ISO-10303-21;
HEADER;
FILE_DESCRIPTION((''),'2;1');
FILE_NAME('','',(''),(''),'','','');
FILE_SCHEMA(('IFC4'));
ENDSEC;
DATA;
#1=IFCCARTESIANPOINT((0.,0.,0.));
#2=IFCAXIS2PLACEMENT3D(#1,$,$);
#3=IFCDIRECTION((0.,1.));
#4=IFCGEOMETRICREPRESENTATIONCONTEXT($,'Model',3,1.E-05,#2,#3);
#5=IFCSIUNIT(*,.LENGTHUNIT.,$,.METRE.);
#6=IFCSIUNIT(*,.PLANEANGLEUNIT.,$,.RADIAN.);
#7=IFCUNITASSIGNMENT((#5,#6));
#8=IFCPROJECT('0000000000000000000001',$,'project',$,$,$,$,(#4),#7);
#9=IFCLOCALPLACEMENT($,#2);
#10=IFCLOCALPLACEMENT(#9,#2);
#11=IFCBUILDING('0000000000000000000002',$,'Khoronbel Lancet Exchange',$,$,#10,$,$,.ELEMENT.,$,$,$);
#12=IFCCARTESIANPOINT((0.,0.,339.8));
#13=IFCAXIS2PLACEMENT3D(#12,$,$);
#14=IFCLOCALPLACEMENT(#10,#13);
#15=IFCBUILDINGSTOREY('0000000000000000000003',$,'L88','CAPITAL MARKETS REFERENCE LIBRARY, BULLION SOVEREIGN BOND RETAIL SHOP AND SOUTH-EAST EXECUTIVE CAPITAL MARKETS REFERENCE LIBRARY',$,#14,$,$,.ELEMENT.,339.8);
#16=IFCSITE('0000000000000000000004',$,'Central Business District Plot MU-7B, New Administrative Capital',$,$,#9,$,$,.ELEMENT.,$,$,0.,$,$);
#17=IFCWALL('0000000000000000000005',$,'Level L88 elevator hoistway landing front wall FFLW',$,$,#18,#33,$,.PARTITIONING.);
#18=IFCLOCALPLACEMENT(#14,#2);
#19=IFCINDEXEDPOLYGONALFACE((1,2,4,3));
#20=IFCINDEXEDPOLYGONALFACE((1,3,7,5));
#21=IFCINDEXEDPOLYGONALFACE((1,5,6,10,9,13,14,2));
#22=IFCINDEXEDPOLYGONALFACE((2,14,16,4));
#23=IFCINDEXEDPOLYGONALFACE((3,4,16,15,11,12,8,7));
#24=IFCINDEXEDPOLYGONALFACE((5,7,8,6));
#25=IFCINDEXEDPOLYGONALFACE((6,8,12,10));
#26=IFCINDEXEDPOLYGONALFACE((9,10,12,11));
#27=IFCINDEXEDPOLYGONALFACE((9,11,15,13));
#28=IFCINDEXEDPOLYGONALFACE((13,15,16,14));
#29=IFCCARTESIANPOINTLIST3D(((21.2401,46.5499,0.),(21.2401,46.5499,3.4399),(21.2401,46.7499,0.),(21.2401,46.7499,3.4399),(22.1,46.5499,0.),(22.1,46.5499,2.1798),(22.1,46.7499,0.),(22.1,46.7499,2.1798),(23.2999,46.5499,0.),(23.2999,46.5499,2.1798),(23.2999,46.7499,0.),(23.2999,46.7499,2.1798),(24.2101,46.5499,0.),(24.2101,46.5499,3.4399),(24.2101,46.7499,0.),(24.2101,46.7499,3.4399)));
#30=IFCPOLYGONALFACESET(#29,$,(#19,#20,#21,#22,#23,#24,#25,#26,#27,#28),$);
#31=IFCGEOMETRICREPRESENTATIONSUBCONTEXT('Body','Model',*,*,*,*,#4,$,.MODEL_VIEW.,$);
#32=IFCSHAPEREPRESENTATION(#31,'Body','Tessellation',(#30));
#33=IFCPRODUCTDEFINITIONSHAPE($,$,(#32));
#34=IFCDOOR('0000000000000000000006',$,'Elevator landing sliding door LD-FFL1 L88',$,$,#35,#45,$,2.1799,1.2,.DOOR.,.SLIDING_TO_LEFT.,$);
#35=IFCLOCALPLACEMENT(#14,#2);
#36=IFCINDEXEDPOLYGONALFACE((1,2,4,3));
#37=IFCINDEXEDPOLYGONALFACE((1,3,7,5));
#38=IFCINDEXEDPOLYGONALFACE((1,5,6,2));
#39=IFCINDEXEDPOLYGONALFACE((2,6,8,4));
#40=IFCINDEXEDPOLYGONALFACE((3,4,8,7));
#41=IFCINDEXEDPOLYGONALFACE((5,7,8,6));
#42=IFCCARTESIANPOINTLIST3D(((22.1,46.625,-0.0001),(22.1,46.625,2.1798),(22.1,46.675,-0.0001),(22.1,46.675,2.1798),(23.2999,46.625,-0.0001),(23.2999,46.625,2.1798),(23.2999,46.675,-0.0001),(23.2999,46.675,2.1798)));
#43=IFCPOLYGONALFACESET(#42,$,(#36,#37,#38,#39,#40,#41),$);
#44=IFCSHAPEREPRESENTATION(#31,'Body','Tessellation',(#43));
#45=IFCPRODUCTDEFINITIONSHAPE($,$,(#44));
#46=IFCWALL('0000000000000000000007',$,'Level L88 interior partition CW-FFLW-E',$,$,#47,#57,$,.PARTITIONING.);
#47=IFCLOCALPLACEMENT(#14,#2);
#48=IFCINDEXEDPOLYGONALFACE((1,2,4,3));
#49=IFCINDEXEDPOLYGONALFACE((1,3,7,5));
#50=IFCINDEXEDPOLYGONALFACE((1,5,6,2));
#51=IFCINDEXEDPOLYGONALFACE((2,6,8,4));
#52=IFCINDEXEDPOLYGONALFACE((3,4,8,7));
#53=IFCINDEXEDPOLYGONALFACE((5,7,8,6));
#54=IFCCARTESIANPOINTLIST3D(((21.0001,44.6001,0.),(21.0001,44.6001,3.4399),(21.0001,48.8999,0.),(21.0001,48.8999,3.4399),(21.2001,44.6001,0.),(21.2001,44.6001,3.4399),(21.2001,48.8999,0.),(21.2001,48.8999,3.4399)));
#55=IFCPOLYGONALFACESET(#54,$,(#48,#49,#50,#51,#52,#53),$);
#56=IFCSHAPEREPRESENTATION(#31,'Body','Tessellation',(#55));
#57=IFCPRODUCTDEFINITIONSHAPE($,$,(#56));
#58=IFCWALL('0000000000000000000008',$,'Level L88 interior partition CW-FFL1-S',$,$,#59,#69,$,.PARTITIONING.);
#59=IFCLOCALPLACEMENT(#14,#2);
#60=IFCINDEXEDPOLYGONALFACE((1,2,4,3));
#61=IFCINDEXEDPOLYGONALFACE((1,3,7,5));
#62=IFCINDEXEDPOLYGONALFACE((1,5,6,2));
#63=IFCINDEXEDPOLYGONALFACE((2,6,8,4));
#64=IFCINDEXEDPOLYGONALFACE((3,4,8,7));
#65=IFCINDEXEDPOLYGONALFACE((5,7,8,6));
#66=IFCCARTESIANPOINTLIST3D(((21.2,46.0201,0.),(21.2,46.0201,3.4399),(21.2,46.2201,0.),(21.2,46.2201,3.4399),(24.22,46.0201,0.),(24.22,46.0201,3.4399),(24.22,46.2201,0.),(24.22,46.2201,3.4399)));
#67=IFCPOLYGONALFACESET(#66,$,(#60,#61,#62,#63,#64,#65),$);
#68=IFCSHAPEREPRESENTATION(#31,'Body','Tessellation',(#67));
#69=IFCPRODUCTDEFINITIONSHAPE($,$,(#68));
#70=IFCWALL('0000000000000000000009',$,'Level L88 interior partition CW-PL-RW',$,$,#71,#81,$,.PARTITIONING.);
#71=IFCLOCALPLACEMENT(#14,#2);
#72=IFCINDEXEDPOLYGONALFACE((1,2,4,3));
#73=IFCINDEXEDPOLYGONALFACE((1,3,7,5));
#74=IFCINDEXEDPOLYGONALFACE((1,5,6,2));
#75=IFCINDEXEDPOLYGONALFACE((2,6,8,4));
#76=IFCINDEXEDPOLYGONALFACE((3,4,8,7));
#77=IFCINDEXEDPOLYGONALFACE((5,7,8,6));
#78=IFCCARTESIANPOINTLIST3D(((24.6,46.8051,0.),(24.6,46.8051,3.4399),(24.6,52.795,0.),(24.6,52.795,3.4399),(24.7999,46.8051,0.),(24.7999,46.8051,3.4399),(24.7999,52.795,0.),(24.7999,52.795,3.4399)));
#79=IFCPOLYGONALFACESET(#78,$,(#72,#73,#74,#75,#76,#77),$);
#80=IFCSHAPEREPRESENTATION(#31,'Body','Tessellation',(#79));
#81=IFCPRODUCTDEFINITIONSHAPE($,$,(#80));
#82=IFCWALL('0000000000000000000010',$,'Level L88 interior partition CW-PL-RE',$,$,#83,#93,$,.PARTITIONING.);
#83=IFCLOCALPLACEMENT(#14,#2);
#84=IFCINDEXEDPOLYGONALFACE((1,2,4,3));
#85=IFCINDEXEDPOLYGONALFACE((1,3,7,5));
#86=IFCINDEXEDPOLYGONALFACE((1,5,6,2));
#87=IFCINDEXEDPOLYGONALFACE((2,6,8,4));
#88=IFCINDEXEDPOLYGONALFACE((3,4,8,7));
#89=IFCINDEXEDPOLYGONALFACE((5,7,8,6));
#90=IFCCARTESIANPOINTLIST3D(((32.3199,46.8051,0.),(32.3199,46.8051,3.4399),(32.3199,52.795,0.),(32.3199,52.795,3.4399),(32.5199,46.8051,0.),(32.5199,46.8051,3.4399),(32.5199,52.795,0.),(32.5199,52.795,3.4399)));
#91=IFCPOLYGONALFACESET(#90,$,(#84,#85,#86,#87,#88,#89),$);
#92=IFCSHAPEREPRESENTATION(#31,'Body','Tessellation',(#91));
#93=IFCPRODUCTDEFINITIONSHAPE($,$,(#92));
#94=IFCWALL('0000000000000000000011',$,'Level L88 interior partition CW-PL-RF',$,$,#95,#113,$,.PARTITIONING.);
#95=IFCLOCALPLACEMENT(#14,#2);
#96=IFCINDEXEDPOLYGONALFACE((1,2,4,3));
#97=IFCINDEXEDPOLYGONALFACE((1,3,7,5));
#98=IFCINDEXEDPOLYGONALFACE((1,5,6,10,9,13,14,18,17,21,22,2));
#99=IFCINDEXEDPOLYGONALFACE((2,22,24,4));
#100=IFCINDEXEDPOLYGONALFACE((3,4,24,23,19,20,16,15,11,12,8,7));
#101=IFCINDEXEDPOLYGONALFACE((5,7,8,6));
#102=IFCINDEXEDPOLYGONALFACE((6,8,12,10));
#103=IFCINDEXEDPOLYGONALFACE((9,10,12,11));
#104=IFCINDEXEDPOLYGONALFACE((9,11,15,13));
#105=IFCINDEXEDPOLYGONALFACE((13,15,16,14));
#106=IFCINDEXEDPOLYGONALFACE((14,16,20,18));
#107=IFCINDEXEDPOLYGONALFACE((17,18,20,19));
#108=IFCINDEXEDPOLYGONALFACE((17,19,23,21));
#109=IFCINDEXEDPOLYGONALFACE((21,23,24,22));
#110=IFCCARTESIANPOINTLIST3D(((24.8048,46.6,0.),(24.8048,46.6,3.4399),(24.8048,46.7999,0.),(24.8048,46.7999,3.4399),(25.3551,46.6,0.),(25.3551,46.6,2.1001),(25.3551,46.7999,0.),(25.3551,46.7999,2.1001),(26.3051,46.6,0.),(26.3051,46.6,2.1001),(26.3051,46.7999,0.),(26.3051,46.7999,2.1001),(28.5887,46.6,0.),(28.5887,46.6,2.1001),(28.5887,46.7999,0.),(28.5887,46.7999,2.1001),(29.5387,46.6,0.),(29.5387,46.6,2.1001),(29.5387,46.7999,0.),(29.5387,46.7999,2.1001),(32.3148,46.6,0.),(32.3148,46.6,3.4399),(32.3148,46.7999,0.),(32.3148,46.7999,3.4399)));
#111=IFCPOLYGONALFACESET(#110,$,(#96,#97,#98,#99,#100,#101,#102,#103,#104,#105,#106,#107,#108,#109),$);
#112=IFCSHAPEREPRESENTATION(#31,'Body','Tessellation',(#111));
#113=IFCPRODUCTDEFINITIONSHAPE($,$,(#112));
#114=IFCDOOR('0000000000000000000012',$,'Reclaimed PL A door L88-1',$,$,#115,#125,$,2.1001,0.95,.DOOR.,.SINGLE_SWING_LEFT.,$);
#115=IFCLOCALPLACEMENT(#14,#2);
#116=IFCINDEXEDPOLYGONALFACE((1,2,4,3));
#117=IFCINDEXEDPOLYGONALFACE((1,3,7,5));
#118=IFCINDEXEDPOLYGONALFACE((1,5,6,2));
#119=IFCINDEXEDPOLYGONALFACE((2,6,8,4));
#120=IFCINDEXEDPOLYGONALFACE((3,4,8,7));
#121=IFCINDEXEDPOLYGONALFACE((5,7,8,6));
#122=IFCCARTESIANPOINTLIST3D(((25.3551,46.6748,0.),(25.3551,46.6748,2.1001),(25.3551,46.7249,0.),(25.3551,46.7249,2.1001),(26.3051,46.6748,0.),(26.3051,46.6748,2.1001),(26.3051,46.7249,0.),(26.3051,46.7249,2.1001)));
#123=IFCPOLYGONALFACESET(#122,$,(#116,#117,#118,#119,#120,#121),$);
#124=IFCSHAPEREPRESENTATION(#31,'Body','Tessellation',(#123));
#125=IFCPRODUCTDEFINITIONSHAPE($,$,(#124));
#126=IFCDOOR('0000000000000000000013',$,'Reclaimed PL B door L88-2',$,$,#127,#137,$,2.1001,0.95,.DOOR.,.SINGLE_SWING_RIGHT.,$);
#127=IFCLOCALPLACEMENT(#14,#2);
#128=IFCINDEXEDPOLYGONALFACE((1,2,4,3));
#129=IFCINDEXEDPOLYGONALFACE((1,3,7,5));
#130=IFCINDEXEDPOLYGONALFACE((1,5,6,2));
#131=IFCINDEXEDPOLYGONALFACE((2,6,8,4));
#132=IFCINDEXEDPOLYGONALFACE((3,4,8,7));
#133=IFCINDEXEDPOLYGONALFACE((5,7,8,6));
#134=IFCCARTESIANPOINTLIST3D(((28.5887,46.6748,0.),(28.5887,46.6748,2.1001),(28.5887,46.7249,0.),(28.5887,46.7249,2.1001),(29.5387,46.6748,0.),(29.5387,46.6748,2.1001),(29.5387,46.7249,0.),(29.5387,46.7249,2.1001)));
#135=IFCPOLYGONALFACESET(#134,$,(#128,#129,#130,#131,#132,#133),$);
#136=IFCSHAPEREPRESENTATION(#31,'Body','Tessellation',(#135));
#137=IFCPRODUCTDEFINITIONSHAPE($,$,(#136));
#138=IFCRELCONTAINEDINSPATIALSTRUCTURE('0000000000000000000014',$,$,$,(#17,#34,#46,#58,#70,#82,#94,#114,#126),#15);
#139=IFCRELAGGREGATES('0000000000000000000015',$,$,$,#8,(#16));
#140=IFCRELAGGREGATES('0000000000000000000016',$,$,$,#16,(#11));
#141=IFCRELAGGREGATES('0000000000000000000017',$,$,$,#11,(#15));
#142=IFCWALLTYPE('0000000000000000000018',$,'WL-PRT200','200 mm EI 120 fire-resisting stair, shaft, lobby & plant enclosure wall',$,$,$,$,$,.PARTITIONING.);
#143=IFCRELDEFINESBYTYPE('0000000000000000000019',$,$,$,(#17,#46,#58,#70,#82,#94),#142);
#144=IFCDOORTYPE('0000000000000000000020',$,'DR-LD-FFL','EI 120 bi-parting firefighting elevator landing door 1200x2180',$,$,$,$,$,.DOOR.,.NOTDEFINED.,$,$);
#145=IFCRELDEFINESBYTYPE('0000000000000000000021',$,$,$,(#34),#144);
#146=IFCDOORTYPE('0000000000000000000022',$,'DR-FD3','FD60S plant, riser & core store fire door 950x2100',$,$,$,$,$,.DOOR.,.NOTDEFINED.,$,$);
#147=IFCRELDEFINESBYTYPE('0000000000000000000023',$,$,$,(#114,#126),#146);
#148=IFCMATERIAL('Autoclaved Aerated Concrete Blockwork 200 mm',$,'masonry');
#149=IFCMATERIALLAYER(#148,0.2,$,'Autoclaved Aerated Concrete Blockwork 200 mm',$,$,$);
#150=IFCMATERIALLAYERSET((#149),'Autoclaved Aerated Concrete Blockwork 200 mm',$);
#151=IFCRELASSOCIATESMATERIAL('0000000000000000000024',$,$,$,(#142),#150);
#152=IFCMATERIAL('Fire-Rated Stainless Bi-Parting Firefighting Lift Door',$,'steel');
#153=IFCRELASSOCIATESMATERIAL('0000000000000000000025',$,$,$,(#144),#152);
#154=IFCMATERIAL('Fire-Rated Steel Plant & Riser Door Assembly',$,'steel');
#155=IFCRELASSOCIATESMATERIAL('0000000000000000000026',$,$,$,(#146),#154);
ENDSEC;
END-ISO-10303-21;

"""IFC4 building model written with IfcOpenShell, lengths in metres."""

from ifc_helpers import new_model, si_unit, direction, frame, frame_2d, origin, place, context, subcontext, project, spatial, rectangle, extrude, material, layer, layer_set, type_object, element, fill, save


model = new_model("IFC4")

# Units and contexts
model_context = context("Model", 3, precision=1e-05, world=origin(), true_north=direction((0.0, 1.0)))
body_context = subcontext(model_context, "Body", "Model", "MODEL_VIEW")
ifc_project = project(units=[si_unit("LENGTHUNIT", "METRE"), si_unit("PLANEANGLEUNIT", "RADIAN")], contexts=[model_context])

# Site, building, storey
site_placement = place(None, origin())
site = spatial("IfcSite", under=ifc_project, at=site_placement, Name="Central Business District Plot MU-7B, New Administrative Capital", CompositionType="ELEMENT", RefElevation=0.0)
building_placement = place(site_placement, origin())
building = spatial("IfcBuilding", under=site, at=building_placement, Name="Khoronbel Lancet Exchange", CompositionType="ELEMENT")
storey_placement = place(building_placement, frame((0.0, 0.0, 339.8)))
storey = spatial("IfcBuildingStorey", under=building, at=storey_placement, Name="L88", Description="CAPITAL MARKETS REFERENCE LIBRARY, BULLION SOVEREIGN BOND RETAIL SHOP AND SOUTH-EAST EXECUTIVE CAPITAL MARKETS REFERENCE LIBRARY", CompositionType="ELEMENT", Elevation=339.8)

# Wall, opening, door
ifc_material_1 = material(Name="Autoclaved Aerated Concrete Blockwork 200 mm", Category="masonry")
ifc_layer_1 = layer(ifc_material_1, 0.2, Name="Autoclaved Aerated Concrete Blockwork 200 mm")
ifc_layer_set_1 = layer_set([ifc_layer_1], Name="Autoclaved Aerated Concrete Blockwork 200 mm")
wall_type_1 = type_object("IfcWallType", Name="WL-PRT200", Description="200 mm EI 120 fire-resisting stair, shaft, lobby & plant enclosure wall", PredefinedType="PARTITIONING", material=ifc_layer_set_1)
wall_1_placement = place(storey_placement, frame((24.21, 46.6499, 0.0), z_axis=(0.0, 0.0, 1.0), x_axis=(-1.0, 0.0, 0.0)))
wall_1 = element("IfcWall", 1, at=wall_1_placement, inside=storey, type_object=wall_type_1, Name="Level L88 elevator hoistway landing front wall FFLW", PredefinedType="PARTITIONING", context=body_context, shape_type="SweptSolid", body=[
    extrude(rectangle(XDim=2.97, YDim=0.2, at=frame_2d((1.4849, 0.0))), origin(), (0.0, 0.0, 1.0), 3.4399),
])
opening_1_placement = place(wall_1_placement, frame((0.9099, 0.0, 0.0)))
opening_1 = element("IfcOpeningElement", 2, at=opening_1_placement, cuts=wall_1, PredefinedType="OPENING", context=body_context, shape_type="SweptSolid", body=[
    extrude(rectangle(XDim=1.2, YDim=2.1799, at=frame_2d((0.6001, 1.0898))), frame((0.0, 0.1099, 0.0), z_axis=(0.0, -1.0, 0.0), x_axis=(1.0, 0.0, 0.0)), (0.0, 0.0, 1.0), 0.22),
])
ifc_material_2 = material(Name="Fire-Rated Stainless Bi-Parting Firefighting Lift Door", Category="steel")
door_type_1 = type_object("IfcDoorType", Name="DR-LD-FFL", Description="EI 120 bi-parting firefighting elevator landing door 1200x2180", OperationType="NOTDEFINED", PredefinedType="DOOR", material=ifc_material_2)
door_1_placement = place(opening_1_placement, origin())
door_1 = element("IfcDoor", 3, at=door_1_placement, inside=storey, type_object=door_type_1, Name="Elevator landing sliding door LD-FFL1 L88", OperationType="SLIDING_TO_LEFT", OverallHeight=2.1799, OverallWidth=1.2, PredefinedType="DOOR", context=body_context, shape_type="SweptSolid", body=[
    extrude(rectangle(XDim=1.2, YDim=2.1799, at=frame_2d((0.6001, 1.0898))), frame((0.0, 0.0249, 0.0), z_axis=(0.0, -1.0, 0.0), x_axis=(1.0, 0.0, 0.0)), (0.0, 0.0, 1.0), 0.05),
])
fill(opening_1, door_1)

# Walls
wall_2_placement = place(storey_placement, frame((21.1001, 44.6001, 0.0), z_axis=(0.0, 0.0, 1.0), x_axis=(0.0, 1.0, 0.0)))
element("IfcWall", 4, at=wall_2_placement, inside=storey, type_object=wall_type_1, Name="Level L88 interior partition CW-FFLW-E", PredefinedType="PARTITIONING", context=body_context, shape_type="SweptSolid", body=[
    extrude(rectangle(XDim=4.2998, YDim=0.2, at=frame_2d((2.1499, 0.0))), origin(), (0.0, 0.0, 1.0), 3.4399),
])
wall_3_placement = place(storey_placement, frame((21.2, 46.1201, 0.0), z_axis=(0.0, 0.0, 1.0), x_axis=(1.0, 0.0, 0.0)))
element("IfcWall", 5, at=wall_3_placement, inside=storey, type_object=wall_type_1, Name="Level L88 interior partition CW-FFL1-S", PredefinedType="PARTITIONING", context=body_context, shape_type="SweptSolid", body=[
    extrude(rectangle(XDim=3.02, YDim=0.2, at=frame_2d((1.51, 0.0))), origin(), (0.0, 0.0, 1.0), 3.4399),
])
for number, where, z_axis, x_axis, name in (
    (6, (24.7, 46.8049, 0.0), (0.0, 0.0, 1.0), (0.0, 1.0, 0.0), "Level L88 interior partition CW-PL-RW"),
    (7, (32.4199, 46.8049, 0.0), (0.0, 0.0, 1.0), (0.0, 1.0, 0.0), "Level L88 interior partition CW-PL-RE"),
):
    element("IfcWall", number, at=place(storey_placement, frame(where, z_axis=z_axis, x_axis=x_axis)), inside=storey, type_object=wall_type_1, Name=name, PredefinedType="PARTITIONING", context=body_context, shape_type="SweptSolid", body=[
        extrude(rectangle(XDim=5.99, YDim=0.2, at=frame_2d((2.9951, 0.0))), origin(), (0.0, 0.0, 1.0), 3.4399),
    ])

# Wall, openings, doors
wall_4_placement = place(storey_placement, frame((24.8049, 46.7, 0.0), z_axis=(0.0, 0.0, 1.0), x_axis=(1.0, 0.0, 0.0)))
wall_4 = element("IfcWall", 8, at=wall_4_placement, inside=storey, type_object=wall_type_1, Name="Level L88 interior partition CW-PL-RF", PredefinedType="PARTITIONING", context=body_context, shape_type="SweptSolid", body=[
    extrude(rectangle(XDim=7.51, YDim=0.2, at=frame_2d((3.7549, 0.0))), origin(), (0.0, 0.0, 1.0), 3.4399),
])
opening_2_placement = place(wall_4_placement, frame((0.55, 0.0, 0.0)))
opening_2 = element("IfcOpeningElement", 9, at=opening_2_placement, cuts=wall_4, PredefinedType="OPENING", context=body_context, shape_type="SweptSolid", body=[
    extrude(rectangle(XDim=0.95, YDim=2.1001, at=frame_2d((0.4751, 1.05))), frame((0.0, 0.1099, 0.0), z_axis=(0.0, -1.0, 0.0), x_axis=(1.0, 0.0, 0.0)), (0.0, 0.0, 1.0), 0.22),
])
opening_3_placement = place(wall_4_placement, frame((3.7837, 0.0, 0.0)))
opening_3 = element("IfcOpeningElement", 10, at=opening_3_placement, cuts=wall_4, PredefinedType="OPENING", context=body_context, shape_type="SweptSolid", body=[
    extrude(rectangle(XDim=0.95, YDim=2.1001, at=frame_2d((0.4751, 1.05))), frame((0.0, 0.1099, 0.0), z_axis=(0.0, -1.0, 0.0), x_axis=(1.0, 0.0, 0.0)), (0.0, 0.0, 1.0), 0.22),
])
ifc_material_3 = material(Name="Fire-Rated Steel Plant & Riser Door Assembly", Category="steel")
door_type_2 = type_object("IfcDoorType", Name="DR-FD3", Description="FD60S plant, riser & core store fire door 950x2100", OperationType="NOTDEFINED", PredefinedType="DOOR", material=ifc_material_3)
door_2_placement = place(opening_2_placement, origin())
door_2 = element("IfcDoor", 11, at=door_2_placement, inside=storey, type_object=door_type_2, Name="Reclaimed PL A door L88-1", OperationType="SINGLE_SWING_LEFT", OverallHeight=2.1001, OverallWidth=0.95, PredefinedType="DOOR", context=body_context, shape_type="SweptSolid", body=[
    extrude(rectangle(XDim=0.95, YDim=2.1001, at=frame_2d((0.4751, 1.05))), frame((0.0, 0.0249, 0.0), z_axis=(0.0, -1.0, 0.0), x_axis=(1.0, 0.0, 0.0)), (0.0, 0.0, 1.0), 0.05),
])
fill(opening_2, door_2)
door_3_placement = place(opening_3_placement, origin())
door_3 = element("IfcDoor", 12, at=door_3_placement, inside=storey, type_object=door_type_2, Name="Reclaimed PL B door L88-2", OperationType="SINGLE_SWING_RIGHT", OverallHeight=2.1001, OverallWidth=0.95, PredefinedType="DOOR", context=body_context, shape_type="SweptSolid", body=[
    extrude(rectangle(XDim=0.95, YDim=2.1001, at=frame_2d((0.4751, 1.05))), frame((0.0, 0.0249, 0.0), z_axis=(0.0, -1.0, 0.0), x_axis=(1.0, 0.0, 0.0)), (0.0, 0.0, 1.0), 0.05),
])
fill(opening_3, door_3)

save(model, "model.ifc")
